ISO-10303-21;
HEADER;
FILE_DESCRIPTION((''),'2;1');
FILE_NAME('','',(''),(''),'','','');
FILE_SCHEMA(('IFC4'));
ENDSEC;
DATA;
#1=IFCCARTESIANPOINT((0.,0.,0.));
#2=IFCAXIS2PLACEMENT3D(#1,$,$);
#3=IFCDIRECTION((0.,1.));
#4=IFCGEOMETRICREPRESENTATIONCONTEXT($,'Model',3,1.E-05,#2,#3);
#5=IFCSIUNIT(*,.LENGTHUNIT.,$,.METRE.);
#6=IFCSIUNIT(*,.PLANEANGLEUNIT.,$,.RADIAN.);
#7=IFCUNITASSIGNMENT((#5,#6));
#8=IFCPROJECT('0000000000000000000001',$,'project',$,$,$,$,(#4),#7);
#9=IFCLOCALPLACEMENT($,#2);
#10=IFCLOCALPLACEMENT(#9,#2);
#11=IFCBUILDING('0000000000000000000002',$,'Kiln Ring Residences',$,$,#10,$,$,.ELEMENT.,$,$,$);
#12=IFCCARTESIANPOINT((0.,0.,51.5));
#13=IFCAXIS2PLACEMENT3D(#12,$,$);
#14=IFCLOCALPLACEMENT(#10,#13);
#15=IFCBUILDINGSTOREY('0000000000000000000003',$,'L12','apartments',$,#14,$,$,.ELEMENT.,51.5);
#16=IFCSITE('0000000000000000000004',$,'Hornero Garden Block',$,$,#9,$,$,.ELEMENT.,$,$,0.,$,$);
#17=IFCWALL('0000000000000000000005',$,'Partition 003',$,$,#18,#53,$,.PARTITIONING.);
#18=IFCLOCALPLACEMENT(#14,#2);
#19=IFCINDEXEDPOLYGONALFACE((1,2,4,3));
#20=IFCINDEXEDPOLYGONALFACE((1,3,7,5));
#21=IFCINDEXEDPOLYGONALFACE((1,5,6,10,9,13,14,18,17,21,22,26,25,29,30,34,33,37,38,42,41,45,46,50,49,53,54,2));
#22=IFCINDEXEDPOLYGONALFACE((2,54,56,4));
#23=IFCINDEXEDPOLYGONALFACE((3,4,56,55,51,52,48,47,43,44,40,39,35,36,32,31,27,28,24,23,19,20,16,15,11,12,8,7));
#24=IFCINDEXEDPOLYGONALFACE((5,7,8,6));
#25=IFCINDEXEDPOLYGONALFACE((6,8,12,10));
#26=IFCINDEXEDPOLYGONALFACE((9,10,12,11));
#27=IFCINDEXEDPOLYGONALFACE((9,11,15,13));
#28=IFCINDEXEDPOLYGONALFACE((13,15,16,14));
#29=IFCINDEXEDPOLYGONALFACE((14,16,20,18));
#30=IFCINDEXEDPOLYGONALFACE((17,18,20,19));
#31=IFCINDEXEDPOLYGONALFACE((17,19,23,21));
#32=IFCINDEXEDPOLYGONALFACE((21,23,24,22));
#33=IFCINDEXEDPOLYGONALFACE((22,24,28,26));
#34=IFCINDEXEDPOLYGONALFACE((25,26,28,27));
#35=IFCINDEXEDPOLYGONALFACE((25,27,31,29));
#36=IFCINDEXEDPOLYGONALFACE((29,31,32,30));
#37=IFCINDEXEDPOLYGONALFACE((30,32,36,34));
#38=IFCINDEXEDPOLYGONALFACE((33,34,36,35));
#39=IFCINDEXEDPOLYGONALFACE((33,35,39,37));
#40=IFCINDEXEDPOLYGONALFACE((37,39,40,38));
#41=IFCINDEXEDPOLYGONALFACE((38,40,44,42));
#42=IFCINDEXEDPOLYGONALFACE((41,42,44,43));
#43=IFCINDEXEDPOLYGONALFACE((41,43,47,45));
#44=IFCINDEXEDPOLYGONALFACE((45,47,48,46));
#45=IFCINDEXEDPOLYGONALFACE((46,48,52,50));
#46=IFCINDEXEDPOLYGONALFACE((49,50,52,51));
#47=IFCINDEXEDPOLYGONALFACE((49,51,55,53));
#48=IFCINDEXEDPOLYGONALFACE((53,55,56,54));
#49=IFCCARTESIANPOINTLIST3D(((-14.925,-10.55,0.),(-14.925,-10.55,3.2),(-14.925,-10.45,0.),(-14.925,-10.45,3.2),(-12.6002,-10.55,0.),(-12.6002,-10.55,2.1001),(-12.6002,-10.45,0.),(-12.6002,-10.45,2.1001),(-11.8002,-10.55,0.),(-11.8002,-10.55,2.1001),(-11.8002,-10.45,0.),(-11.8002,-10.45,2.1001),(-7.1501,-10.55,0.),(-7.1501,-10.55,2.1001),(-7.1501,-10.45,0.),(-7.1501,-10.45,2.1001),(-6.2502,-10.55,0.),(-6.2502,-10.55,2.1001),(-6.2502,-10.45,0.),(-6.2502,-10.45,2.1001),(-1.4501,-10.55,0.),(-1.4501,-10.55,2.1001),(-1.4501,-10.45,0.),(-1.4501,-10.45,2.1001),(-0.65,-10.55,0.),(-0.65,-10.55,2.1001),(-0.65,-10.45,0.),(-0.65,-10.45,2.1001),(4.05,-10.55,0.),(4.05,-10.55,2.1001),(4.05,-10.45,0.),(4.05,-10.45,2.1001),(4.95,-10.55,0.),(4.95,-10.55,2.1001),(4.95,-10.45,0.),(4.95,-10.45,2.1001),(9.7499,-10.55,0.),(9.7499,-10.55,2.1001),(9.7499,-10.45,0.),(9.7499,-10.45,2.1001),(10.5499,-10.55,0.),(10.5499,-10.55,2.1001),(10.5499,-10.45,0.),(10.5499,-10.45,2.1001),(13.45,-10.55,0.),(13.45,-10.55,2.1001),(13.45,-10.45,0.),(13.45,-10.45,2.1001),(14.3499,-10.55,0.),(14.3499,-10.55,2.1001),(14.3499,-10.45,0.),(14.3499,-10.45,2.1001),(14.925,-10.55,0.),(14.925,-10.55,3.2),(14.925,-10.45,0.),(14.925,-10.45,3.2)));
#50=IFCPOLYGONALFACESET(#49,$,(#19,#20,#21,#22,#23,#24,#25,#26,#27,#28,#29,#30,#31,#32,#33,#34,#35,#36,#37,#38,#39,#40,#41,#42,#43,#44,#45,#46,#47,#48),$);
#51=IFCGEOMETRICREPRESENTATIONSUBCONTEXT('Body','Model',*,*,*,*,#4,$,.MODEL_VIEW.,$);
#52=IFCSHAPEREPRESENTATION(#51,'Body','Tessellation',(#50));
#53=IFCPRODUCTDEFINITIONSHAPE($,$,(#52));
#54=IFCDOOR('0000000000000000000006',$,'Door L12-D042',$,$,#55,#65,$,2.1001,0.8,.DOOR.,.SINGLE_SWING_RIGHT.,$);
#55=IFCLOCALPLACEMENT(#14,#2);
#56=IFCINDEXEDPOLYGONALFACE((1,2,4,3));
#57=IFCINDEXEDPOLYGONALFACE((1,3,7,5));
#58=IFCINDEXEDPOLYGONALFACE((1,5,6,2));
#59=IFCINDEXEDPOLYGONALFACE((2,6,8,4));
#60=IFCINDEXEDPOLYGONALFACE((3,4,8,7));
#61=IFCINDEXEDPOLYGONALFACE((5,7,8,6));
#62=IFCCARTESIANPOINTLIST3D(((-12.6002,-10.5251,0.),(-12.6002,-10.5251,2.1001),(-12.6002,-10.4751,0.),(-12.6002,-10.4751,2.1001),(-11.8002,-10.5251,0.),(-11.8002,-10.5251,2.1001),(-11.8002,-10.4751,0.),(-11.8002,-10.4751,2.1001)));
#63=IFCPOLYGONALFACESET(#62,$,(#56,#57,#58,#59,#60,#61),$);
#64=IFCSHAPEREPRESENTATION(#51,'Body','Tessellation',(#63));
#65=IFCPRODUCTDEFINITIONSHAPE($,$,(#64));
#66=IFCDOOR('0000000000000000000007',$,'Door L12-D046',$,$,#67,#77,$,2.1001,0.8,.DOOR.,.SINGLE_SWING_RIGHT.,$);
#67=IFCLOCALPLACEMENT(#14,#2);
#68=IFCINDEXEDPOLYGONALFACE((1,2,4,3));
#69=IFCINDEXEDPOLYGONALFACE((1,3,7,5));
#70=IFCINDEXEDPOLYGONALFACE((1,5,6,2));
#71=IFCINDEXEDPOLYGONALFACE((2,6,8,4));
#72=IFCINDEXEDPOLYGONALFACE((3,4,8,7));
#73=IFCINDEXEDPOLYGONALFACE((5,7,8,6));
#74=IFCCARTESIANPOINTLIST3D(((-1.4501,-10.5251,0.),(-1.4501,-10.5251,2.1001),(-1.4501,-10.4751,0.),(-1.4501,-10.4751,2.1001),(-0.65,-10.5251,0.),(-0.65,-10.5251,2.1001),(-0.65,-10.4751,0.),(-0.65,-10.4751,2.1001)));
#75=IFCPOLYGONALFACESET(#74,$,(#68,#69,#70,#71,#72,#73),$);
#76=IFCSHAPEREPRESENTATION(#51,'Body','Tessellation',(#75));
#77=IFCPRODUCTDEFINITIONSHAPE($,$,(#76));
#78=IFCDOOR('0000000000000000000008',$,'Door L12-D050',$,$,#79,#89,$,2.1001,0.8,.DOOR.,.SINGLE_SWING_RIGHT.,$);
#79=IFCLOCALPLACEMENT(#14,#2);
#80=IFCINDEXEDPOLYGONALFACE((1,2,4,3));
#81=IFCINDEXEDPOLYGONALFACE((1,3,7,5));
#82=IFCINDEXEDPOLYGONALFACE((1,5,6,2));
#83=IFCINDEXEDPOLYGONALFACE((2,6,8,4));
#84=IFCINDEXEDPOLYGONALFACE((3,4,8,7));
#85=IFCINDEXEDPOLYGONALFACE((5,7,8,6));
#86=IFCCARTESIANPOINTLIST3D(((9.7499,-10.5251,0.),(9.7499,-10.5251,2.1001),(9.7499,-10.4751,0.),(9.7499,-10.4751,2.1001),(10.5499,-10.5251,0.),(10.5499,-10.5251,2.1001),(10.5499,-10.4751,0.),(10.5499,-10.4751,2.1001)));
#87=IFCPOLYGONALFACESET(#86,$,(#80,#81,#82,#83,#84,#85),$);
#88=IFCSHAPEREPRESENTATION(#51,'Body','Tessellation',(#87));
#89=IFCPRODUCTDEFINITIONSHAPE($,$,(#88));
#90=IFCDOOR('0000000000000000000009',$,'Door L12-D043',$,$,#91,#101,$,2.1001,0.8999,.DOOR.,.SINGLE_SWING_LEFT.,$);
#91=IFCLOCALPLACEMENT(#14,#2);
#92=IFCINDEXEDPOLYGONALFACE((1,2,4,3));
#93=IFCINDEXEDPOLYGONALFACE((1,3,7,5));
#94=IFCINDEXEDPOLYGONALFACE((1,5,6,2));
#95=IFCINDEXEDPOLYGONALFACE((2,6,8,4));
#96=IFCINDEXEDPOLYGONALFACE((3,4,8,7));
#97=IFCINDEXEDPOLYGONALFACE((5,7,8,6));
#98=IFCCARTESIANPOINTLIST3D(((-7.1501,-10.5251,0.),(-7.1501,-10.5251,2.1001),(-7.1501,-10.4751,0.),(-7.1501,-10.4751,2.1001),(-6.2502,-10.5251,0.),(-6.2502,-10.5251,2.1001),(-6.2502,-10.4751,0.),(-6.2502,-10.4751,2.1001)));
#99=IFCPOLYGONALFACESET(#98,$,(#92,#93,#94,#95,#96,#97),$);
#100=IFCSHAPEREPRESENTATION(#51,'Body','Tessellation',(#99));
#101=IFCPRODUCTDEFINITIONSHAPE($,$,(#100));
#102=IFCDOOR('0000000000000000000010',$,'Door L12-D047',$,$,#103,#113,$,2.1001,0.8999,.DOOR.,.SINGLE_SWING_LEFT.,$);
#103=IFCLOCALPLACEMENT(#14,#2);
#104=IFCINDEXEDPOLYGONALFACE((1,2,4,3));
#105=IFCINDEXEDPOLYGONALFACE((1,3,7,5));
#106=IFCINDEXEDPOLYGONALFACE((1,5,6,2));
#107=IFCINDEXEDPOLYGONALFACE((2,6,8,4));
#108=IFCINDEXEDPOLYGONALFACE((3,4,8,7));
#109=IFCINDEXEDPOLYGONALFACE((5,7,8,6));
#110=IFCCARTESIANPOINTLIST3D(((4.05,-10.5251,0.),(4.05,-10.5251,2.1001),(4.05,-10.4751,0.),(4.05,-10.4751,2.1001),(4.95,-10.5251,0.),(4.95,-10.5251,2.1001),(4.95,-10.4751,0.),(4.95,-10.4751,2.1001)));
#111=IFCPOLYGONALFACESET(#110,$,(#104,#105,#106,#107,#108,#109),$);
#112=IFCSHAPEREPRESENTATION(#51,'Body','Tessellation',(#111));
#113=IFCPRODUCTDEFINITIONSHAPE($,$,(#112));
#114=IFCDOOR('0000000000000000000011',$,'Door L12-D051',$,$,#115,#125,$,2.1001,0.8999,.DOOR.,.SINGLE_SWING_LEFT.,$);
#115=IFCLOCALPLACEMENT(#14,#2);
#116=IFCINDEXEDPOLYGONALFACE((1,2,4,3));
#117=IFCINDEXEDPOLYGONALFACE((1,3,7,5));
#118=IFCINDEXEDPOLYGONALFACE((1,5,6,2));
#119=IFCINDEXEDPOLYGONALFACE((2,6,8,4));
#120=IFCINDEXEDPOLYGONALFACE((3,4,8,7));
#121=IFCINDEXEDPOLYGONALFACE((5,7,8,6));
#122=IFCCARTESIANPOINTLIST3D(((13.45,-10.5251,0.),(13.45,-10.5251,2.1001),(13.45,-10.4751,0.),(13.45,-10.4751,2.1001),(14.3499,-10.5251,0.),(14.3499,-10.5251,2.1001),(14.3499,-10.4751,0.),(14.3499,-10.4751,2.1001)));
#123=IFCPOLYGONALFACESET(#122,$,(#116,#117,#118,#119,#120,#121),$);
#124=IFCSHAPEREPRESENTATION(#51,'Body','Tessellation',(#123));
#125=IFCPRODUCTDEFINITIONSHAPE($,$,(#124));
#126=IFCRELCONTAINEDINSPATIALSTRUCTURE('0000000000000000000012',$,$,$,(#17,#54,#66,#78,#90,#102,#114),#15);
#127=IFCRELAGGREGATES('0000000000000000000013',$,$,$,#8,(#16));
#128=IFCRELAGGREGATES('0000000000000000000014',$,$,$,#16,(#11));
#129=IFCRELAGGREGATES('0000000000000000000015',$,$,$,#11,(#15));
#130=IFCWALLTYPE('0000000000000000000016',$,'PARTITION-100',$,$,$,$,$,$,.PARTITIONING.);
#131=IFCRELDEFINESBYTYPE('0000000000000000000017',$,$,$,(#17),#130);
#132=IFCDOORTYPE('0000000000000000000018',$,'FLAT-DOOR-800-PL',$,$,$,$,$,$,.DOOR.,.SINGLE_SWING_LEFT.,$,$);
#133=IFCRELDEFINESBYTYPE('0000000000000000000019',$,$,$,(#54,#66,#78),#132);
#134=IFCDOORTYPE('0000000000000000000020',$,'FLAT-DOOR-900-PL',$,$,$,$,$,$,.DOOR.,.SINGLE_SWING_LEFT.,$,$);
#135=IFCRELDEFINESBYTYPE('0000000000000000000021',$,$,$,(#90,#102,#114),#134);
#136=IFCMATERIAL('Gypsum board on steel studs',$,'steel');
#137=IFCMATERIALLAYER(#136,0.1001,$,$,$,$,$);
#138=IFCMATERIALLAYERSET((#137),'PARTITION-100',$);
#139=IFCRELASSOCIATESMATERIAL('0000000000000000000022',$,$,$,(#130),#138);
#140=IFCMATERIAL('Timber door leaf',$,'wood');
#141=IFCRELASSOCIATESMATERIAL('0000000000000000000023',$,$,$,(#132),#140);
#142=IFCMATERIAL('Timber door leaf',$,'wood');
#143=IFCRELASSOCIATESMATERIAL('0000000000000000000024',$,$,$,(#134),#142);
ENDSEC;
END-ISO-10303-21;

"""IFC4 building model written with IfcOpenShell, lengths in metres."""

from ifc_helpers import new_model, si_unit, direction, frame, frame_2d, origin, place, context, subcontext, project, spatial, rectangle, extrude, material, layer, layer_set, type_object, element, fill, save


model = new_model("IFC4")

# Units and contexts
model_context = context("Model", 3, precision=1e-05, world=origin(), true_north=direction((0.0, 1.0)))
body_context = subcontext(model_context, "Body", "Model", "MODEL_VIEW")
ifc_project = project(units=[si_unit("LENGTHUNIT", "METRE"), si_unit("PLANEANGLEUNIT", "RADIAN")], contexts=[model_context])

# Site, building, storey
site_placement = place(None, origin())
site = spatial("IfcSite", under=ifc_project, at=site_placement, Name="Hornero Garden Block", CompositionType="ELEMENT", RefElevation=0.0)
building_placement = place(site_placement, origin())
building = spatial("IfcBuilding", under=site, at=building_placement, Name="Kiln Ring Residences", CompositionType="ELEMENT")
storey_placement = place(building_placement, frame((0.0, 0.0, 51.5)))
storey = spatial("IfcBuildingStorey", under=building, at=storey_placement, Name="L12", Description="apartments", CompositionType="ELEMENT", Elevation=51.5)

# Wall, openings, doors
ifc_material_1 = material(Name="Gypsum board on steel studs", Category="steel")
ifc_layer_1 = layer(ifc_material_1, 0.1001)
ifc_layer_set_1 = layer_set([ifc_layer_1], Name="PARTITION-100")
wall_type_1 = type_object("IfcWallType", Name="PARTITION-100", PredefinedType="PARTITIONING", material=ifc_layer_set_1)
wall_1_placement = place(storey_placement, frame((-14.925, -10.5, 0.0), z_axis=(0.0, 0.0, 1.0), x_axis=(1.0, 0.0, 0.0)))
wall_1 = element("IfcWall", 1, at=wall_1_placement, inside=storey, type_object=wall_type_1, Name="Partition 003", PredefinedType="PARTITIONING", context=body_context, shape_type="SweptSolid", body=[
    extrude(rectangle(XDim=29.8501, YDim=0.1001, at=frame_2d((14.925, 0.0))), origin(), (0.0, 0.0, 1.0), 3.2),
])
opening_1_placement = place(wall_1_placement, frame((2.325, 0.0, 0.0)))
opening_1 = element("IfcOpeningElement", 2, at=opening_1_placement, cuts=wall_1, PredefinedType="OPENING", context=body_context, shape_type="SweptSolid", body=[
    extrude(rectangle(XDim=0.8, YDim=2.1001, at=frame_2d((0.3999, 1.05))), frame((0.0, 0.0601, 0.0), z_axis=(0.0, -1.0, 0.0), x_axis=(1.0, 0.0, 0.0)), (0.0, 0.0, 1.0), 0.1201),
])
opening_2_placement = place(wall_1_placement, frame((7.7749, 0.0, 0.0)))
opening_2 = element("IfcOpeningElement", 3, at=opening_2_placement, cuts=wall_1, PredefinedType="OPENING", context=body_context, shape_type="SweptSolid", body=[
    extrude(rectangle(XDim=0.8999, YDim=2.1001, at=frame_2d((0.45, 1.05))), frame((0.0, 0.0601, 0.0), z_axis=(0.0, -1.0, 0.0), x_axis=(1.0, 0.0, 0.0)), (0.0, 0.0, 1.0), 0.1201),
])
opening_3_placement = place(wall_1_placement, frame((13.4751, 0.0, 0.0)))
opening_3 = element("IfcOpeningElement", 4, at=opening_3_placement, cuts=wall_1, PredefinedType="OPENING", context=body_context, shape_type="SweptSolid", body=[
    extrude(rectangle(XDim=0.8, YDim=2.1001, at=frame_2d((0.3999, 1.05))), frame((0.0, 0.0601, 0.0), z_axis=(0.0, -1.0, 0.0), x_axis=(1.0, 0.0, 0.0)), (0.0, 0.0, 1.0), 0.1201),
])
opening_4_placement = place(wall_1_placement, frame((18.9751, 0.0, 0.0)))
opening_4 = element("IfcOpeningElement", 5, at=opening_4_placement, cuts=wall_1, PredefinedType="OPENING", context=body_context, shape_type="SweptSolid", body=[
    extrude(rectangle(XDim=0.8999, YDim=2.1001, at=frame_2d((0.45, 1.05))), frame((0.0, 0.0601, 0.0), z_axis=(0.0, -1.0, 0.0), x_axis=(1.0, 0.0, 0.0)), (0.0, 0.0, 1.0), 0.1201),
])
opening_5_placement = place(wall_1_placement, frame((24.675, 0.0, 0.0)))
opening_5 = element("IfcOpeningElement", 6, at=opening_5_placement, cuts=wall_1, PredefinedType="OPENING", context=body_context, shape_type="SweptSolid", body=[
    extrude(rectangle(XDim=0.8, YDim=2.1001, at=frame_2d((0.3999, 1.05))), frame((0.0, 0.0601, 0.0), z_axis=(0.0, -1.0, 0.0), x_axis=(1.0, 0.0, 0.0)), (0.0, 0.0, 1.0), 0.1201),
])
opening_6_placement = place(wall_1_placement, frame((28.375, 0.0, 0.0)))
opening_6 = element("IfcOpeningElement", 7, at=opening_6_placement, cuts=wall_1, PredefinedType="OPENING", context=body_context, shape_type="SweptSolid", body=[
    extrude(rectangle(XDim=0.8999, YDim=2.1001, at=frame_2d((0.45, 1.05))), frame((0.0, 0.0601, 0.0), z_axis=(0.0, -1.0, 0.0), x_axis=(1.0, 0.0, 0.0)), (0.0, 0.0, 1.0), 0.1201),
])
ifc_material_2 = material(Name="Timber door leaf", Category="wood")
door_type_1 = type_object("IfcDoorType", Name="FLAT-DOOR-800-PL", OperationType="SINGLE_SWING_LEFT", PredefinedType="DOOR", material=ifc_material_2)
door_1_placement = place(opening_1_placement, origin())
door_1 = element("IfcDoor", 8, at=door_1_placement, inside=storey, type_object=door_type_1, Name="Door L12-D042", OperationType="SINGLE_SWING_RIGHT", OverallHeight=2.1001, OverallWidth=0.8, PredefinedType="DOOR", context=body_context, shape_type="SweptSolid", body=[
    extrude(rectangle(XDim=0.8, YDim=2.1001, at=frame_2d((0.3999, 1.05))), frame((0.0, 0.0249, 0.0), z_axis=(0.0, -1.0, 0.0), x_axis=(1.0, 0.0, 0.0)), (0.0, 0.0, 1.0), 0.05),
])
fill(opening_1, door_1)
door_2_placement = place(opening_3_placement, origin())
door_2 = element("IfcDoor", 9, at=door_2_placement, inside=storey, type_object=door_type_1, Name="Door L12-D046", OperationType="SINGLE_SWING_RIGHT", OverallHeight=2.1001, OverallWidth=0.8, PredefinedType="DOOR", context=body_context, shape_type="SweptSolid", body=[
    extrude(rectangle(XDim=0.8, YDim=2.1001, at=frame_2d((0.3999, 1.05))), frame((0.0, 0.0249, 0.0), z_axis=(0.0, -1.0, 0.0), x_axis=(1.0, 0.0, 0.0)), (0.0, 0.0, 1.0), 0.05),
])
fill(opening_3, door_2)
door_3_placement = place(opening_5_placement, origin())
door_3 = element("IfcDoor", 10, at=door_3_placement, inside=storey, type_object=door_type_1, Name="Door L12-D050", OperationType="SINGLE_SWING_RIGHT", OverallHeight=2.1001, OverallWidth=0.8, PredefinedType="DOOR", context=body_context, shape_type="SweptSolid", body=[
    extrude(rectangle(XDim=0.8, YDim=2.1001, at=frame_2d((0.3999, 1.05))), frame((0.0, 0.0249, 0.0), z_axis=(0.0, -1.0, 0.0), x_axis=(1.0, 0.0, 0.0)), (0.0, 0.0, 1.0), 0.05),
])
fill(opening_5, door_3)
ifc_material_3 = material(Name="Timber door leaf", Category="wood")
door_type_2 = type_object("IfcDoorType", Name="FLAT-DOOR-900-PL", OperationType="SINGLE_SWING_LEFT", PredefinedType="DOOR", material=ifc_material_3)
door_4_placement = place(opening_2_placement, origin())
door_4 = element("IfcDoor", 11, at=door_4_placement, inside=storey, type_object=door_type_2, Name="Door L12-D043", OperationType="SINGLE_SWING_LEFT", OverallHeight=2.1001, OverallWidth=0.8999, PredefinedType="DOOR", context=body_context, shape_type="SweptSolid", body=[
    extrude(rectangle(XDim=0.8999, YDim=2.1001, at=frame_2d((0.45, 1.05))), frame((0.0, 0.0249, 0.0), z_axis=(0.0, -1.0, 0.0), x_axis=(1.0, 0.0, 0.0)), (0.0, 0.0, 1.0), 0.05),
])
fill(opening_2, door_4)
door_5_placement = place(opening_4_placement, origin())
door_5 = element("IfcDoor", 12, at=door_5_placement, inside=storey, type_object=door_type_2, Name="Door L12-D047", OperationType="SINGLE_SWING_LEFT", OverallHeight=2.1001, OverallWidth=0.8999, PredefinedType="DOOR", context=body_context, shape_type="SweptSolid", body=[
    extrude(rectangle(XDim=0.8999, YDim=2.1001, at=frame_2d((0.45, 1.05))), frame((0.0, 0.0249, 0.0), z_axis=(0.0, -1.0, 0.0), x_axis=(1.0, 0.0, 0.0)), (0.0, 0.0, 1.0), 0.05),
])
fill(opening_4, door_5)
door_6_placement = place(opening_6_placement, origin())
door_6 = element("IfcDoor", 13, at=door_6_placement, inside=storey, type_object=door_type_2, Name="Door L12-D051", OperationType="SINGLE_SWING_LEFT", OverallHeight=2.1001, OverallWidth=0.8999, PredefinedType="DOOR", context=body_context, shape_type="SweptSolid", body=[
    extrude(rectangle(XDim=0.8999, YDim=2.1001, at=frame_2d((0.45, 1.05))), frame((0.0, 0.0249, 0.0), z_axis=(0.0, -1.0, 0.0), x_axis=(1.0, 0.0, 0.0)), (0.0, 0.0, 1.0), 0.05),
])
fill(opening_6, door_6)

save(model, "model.ifc")
